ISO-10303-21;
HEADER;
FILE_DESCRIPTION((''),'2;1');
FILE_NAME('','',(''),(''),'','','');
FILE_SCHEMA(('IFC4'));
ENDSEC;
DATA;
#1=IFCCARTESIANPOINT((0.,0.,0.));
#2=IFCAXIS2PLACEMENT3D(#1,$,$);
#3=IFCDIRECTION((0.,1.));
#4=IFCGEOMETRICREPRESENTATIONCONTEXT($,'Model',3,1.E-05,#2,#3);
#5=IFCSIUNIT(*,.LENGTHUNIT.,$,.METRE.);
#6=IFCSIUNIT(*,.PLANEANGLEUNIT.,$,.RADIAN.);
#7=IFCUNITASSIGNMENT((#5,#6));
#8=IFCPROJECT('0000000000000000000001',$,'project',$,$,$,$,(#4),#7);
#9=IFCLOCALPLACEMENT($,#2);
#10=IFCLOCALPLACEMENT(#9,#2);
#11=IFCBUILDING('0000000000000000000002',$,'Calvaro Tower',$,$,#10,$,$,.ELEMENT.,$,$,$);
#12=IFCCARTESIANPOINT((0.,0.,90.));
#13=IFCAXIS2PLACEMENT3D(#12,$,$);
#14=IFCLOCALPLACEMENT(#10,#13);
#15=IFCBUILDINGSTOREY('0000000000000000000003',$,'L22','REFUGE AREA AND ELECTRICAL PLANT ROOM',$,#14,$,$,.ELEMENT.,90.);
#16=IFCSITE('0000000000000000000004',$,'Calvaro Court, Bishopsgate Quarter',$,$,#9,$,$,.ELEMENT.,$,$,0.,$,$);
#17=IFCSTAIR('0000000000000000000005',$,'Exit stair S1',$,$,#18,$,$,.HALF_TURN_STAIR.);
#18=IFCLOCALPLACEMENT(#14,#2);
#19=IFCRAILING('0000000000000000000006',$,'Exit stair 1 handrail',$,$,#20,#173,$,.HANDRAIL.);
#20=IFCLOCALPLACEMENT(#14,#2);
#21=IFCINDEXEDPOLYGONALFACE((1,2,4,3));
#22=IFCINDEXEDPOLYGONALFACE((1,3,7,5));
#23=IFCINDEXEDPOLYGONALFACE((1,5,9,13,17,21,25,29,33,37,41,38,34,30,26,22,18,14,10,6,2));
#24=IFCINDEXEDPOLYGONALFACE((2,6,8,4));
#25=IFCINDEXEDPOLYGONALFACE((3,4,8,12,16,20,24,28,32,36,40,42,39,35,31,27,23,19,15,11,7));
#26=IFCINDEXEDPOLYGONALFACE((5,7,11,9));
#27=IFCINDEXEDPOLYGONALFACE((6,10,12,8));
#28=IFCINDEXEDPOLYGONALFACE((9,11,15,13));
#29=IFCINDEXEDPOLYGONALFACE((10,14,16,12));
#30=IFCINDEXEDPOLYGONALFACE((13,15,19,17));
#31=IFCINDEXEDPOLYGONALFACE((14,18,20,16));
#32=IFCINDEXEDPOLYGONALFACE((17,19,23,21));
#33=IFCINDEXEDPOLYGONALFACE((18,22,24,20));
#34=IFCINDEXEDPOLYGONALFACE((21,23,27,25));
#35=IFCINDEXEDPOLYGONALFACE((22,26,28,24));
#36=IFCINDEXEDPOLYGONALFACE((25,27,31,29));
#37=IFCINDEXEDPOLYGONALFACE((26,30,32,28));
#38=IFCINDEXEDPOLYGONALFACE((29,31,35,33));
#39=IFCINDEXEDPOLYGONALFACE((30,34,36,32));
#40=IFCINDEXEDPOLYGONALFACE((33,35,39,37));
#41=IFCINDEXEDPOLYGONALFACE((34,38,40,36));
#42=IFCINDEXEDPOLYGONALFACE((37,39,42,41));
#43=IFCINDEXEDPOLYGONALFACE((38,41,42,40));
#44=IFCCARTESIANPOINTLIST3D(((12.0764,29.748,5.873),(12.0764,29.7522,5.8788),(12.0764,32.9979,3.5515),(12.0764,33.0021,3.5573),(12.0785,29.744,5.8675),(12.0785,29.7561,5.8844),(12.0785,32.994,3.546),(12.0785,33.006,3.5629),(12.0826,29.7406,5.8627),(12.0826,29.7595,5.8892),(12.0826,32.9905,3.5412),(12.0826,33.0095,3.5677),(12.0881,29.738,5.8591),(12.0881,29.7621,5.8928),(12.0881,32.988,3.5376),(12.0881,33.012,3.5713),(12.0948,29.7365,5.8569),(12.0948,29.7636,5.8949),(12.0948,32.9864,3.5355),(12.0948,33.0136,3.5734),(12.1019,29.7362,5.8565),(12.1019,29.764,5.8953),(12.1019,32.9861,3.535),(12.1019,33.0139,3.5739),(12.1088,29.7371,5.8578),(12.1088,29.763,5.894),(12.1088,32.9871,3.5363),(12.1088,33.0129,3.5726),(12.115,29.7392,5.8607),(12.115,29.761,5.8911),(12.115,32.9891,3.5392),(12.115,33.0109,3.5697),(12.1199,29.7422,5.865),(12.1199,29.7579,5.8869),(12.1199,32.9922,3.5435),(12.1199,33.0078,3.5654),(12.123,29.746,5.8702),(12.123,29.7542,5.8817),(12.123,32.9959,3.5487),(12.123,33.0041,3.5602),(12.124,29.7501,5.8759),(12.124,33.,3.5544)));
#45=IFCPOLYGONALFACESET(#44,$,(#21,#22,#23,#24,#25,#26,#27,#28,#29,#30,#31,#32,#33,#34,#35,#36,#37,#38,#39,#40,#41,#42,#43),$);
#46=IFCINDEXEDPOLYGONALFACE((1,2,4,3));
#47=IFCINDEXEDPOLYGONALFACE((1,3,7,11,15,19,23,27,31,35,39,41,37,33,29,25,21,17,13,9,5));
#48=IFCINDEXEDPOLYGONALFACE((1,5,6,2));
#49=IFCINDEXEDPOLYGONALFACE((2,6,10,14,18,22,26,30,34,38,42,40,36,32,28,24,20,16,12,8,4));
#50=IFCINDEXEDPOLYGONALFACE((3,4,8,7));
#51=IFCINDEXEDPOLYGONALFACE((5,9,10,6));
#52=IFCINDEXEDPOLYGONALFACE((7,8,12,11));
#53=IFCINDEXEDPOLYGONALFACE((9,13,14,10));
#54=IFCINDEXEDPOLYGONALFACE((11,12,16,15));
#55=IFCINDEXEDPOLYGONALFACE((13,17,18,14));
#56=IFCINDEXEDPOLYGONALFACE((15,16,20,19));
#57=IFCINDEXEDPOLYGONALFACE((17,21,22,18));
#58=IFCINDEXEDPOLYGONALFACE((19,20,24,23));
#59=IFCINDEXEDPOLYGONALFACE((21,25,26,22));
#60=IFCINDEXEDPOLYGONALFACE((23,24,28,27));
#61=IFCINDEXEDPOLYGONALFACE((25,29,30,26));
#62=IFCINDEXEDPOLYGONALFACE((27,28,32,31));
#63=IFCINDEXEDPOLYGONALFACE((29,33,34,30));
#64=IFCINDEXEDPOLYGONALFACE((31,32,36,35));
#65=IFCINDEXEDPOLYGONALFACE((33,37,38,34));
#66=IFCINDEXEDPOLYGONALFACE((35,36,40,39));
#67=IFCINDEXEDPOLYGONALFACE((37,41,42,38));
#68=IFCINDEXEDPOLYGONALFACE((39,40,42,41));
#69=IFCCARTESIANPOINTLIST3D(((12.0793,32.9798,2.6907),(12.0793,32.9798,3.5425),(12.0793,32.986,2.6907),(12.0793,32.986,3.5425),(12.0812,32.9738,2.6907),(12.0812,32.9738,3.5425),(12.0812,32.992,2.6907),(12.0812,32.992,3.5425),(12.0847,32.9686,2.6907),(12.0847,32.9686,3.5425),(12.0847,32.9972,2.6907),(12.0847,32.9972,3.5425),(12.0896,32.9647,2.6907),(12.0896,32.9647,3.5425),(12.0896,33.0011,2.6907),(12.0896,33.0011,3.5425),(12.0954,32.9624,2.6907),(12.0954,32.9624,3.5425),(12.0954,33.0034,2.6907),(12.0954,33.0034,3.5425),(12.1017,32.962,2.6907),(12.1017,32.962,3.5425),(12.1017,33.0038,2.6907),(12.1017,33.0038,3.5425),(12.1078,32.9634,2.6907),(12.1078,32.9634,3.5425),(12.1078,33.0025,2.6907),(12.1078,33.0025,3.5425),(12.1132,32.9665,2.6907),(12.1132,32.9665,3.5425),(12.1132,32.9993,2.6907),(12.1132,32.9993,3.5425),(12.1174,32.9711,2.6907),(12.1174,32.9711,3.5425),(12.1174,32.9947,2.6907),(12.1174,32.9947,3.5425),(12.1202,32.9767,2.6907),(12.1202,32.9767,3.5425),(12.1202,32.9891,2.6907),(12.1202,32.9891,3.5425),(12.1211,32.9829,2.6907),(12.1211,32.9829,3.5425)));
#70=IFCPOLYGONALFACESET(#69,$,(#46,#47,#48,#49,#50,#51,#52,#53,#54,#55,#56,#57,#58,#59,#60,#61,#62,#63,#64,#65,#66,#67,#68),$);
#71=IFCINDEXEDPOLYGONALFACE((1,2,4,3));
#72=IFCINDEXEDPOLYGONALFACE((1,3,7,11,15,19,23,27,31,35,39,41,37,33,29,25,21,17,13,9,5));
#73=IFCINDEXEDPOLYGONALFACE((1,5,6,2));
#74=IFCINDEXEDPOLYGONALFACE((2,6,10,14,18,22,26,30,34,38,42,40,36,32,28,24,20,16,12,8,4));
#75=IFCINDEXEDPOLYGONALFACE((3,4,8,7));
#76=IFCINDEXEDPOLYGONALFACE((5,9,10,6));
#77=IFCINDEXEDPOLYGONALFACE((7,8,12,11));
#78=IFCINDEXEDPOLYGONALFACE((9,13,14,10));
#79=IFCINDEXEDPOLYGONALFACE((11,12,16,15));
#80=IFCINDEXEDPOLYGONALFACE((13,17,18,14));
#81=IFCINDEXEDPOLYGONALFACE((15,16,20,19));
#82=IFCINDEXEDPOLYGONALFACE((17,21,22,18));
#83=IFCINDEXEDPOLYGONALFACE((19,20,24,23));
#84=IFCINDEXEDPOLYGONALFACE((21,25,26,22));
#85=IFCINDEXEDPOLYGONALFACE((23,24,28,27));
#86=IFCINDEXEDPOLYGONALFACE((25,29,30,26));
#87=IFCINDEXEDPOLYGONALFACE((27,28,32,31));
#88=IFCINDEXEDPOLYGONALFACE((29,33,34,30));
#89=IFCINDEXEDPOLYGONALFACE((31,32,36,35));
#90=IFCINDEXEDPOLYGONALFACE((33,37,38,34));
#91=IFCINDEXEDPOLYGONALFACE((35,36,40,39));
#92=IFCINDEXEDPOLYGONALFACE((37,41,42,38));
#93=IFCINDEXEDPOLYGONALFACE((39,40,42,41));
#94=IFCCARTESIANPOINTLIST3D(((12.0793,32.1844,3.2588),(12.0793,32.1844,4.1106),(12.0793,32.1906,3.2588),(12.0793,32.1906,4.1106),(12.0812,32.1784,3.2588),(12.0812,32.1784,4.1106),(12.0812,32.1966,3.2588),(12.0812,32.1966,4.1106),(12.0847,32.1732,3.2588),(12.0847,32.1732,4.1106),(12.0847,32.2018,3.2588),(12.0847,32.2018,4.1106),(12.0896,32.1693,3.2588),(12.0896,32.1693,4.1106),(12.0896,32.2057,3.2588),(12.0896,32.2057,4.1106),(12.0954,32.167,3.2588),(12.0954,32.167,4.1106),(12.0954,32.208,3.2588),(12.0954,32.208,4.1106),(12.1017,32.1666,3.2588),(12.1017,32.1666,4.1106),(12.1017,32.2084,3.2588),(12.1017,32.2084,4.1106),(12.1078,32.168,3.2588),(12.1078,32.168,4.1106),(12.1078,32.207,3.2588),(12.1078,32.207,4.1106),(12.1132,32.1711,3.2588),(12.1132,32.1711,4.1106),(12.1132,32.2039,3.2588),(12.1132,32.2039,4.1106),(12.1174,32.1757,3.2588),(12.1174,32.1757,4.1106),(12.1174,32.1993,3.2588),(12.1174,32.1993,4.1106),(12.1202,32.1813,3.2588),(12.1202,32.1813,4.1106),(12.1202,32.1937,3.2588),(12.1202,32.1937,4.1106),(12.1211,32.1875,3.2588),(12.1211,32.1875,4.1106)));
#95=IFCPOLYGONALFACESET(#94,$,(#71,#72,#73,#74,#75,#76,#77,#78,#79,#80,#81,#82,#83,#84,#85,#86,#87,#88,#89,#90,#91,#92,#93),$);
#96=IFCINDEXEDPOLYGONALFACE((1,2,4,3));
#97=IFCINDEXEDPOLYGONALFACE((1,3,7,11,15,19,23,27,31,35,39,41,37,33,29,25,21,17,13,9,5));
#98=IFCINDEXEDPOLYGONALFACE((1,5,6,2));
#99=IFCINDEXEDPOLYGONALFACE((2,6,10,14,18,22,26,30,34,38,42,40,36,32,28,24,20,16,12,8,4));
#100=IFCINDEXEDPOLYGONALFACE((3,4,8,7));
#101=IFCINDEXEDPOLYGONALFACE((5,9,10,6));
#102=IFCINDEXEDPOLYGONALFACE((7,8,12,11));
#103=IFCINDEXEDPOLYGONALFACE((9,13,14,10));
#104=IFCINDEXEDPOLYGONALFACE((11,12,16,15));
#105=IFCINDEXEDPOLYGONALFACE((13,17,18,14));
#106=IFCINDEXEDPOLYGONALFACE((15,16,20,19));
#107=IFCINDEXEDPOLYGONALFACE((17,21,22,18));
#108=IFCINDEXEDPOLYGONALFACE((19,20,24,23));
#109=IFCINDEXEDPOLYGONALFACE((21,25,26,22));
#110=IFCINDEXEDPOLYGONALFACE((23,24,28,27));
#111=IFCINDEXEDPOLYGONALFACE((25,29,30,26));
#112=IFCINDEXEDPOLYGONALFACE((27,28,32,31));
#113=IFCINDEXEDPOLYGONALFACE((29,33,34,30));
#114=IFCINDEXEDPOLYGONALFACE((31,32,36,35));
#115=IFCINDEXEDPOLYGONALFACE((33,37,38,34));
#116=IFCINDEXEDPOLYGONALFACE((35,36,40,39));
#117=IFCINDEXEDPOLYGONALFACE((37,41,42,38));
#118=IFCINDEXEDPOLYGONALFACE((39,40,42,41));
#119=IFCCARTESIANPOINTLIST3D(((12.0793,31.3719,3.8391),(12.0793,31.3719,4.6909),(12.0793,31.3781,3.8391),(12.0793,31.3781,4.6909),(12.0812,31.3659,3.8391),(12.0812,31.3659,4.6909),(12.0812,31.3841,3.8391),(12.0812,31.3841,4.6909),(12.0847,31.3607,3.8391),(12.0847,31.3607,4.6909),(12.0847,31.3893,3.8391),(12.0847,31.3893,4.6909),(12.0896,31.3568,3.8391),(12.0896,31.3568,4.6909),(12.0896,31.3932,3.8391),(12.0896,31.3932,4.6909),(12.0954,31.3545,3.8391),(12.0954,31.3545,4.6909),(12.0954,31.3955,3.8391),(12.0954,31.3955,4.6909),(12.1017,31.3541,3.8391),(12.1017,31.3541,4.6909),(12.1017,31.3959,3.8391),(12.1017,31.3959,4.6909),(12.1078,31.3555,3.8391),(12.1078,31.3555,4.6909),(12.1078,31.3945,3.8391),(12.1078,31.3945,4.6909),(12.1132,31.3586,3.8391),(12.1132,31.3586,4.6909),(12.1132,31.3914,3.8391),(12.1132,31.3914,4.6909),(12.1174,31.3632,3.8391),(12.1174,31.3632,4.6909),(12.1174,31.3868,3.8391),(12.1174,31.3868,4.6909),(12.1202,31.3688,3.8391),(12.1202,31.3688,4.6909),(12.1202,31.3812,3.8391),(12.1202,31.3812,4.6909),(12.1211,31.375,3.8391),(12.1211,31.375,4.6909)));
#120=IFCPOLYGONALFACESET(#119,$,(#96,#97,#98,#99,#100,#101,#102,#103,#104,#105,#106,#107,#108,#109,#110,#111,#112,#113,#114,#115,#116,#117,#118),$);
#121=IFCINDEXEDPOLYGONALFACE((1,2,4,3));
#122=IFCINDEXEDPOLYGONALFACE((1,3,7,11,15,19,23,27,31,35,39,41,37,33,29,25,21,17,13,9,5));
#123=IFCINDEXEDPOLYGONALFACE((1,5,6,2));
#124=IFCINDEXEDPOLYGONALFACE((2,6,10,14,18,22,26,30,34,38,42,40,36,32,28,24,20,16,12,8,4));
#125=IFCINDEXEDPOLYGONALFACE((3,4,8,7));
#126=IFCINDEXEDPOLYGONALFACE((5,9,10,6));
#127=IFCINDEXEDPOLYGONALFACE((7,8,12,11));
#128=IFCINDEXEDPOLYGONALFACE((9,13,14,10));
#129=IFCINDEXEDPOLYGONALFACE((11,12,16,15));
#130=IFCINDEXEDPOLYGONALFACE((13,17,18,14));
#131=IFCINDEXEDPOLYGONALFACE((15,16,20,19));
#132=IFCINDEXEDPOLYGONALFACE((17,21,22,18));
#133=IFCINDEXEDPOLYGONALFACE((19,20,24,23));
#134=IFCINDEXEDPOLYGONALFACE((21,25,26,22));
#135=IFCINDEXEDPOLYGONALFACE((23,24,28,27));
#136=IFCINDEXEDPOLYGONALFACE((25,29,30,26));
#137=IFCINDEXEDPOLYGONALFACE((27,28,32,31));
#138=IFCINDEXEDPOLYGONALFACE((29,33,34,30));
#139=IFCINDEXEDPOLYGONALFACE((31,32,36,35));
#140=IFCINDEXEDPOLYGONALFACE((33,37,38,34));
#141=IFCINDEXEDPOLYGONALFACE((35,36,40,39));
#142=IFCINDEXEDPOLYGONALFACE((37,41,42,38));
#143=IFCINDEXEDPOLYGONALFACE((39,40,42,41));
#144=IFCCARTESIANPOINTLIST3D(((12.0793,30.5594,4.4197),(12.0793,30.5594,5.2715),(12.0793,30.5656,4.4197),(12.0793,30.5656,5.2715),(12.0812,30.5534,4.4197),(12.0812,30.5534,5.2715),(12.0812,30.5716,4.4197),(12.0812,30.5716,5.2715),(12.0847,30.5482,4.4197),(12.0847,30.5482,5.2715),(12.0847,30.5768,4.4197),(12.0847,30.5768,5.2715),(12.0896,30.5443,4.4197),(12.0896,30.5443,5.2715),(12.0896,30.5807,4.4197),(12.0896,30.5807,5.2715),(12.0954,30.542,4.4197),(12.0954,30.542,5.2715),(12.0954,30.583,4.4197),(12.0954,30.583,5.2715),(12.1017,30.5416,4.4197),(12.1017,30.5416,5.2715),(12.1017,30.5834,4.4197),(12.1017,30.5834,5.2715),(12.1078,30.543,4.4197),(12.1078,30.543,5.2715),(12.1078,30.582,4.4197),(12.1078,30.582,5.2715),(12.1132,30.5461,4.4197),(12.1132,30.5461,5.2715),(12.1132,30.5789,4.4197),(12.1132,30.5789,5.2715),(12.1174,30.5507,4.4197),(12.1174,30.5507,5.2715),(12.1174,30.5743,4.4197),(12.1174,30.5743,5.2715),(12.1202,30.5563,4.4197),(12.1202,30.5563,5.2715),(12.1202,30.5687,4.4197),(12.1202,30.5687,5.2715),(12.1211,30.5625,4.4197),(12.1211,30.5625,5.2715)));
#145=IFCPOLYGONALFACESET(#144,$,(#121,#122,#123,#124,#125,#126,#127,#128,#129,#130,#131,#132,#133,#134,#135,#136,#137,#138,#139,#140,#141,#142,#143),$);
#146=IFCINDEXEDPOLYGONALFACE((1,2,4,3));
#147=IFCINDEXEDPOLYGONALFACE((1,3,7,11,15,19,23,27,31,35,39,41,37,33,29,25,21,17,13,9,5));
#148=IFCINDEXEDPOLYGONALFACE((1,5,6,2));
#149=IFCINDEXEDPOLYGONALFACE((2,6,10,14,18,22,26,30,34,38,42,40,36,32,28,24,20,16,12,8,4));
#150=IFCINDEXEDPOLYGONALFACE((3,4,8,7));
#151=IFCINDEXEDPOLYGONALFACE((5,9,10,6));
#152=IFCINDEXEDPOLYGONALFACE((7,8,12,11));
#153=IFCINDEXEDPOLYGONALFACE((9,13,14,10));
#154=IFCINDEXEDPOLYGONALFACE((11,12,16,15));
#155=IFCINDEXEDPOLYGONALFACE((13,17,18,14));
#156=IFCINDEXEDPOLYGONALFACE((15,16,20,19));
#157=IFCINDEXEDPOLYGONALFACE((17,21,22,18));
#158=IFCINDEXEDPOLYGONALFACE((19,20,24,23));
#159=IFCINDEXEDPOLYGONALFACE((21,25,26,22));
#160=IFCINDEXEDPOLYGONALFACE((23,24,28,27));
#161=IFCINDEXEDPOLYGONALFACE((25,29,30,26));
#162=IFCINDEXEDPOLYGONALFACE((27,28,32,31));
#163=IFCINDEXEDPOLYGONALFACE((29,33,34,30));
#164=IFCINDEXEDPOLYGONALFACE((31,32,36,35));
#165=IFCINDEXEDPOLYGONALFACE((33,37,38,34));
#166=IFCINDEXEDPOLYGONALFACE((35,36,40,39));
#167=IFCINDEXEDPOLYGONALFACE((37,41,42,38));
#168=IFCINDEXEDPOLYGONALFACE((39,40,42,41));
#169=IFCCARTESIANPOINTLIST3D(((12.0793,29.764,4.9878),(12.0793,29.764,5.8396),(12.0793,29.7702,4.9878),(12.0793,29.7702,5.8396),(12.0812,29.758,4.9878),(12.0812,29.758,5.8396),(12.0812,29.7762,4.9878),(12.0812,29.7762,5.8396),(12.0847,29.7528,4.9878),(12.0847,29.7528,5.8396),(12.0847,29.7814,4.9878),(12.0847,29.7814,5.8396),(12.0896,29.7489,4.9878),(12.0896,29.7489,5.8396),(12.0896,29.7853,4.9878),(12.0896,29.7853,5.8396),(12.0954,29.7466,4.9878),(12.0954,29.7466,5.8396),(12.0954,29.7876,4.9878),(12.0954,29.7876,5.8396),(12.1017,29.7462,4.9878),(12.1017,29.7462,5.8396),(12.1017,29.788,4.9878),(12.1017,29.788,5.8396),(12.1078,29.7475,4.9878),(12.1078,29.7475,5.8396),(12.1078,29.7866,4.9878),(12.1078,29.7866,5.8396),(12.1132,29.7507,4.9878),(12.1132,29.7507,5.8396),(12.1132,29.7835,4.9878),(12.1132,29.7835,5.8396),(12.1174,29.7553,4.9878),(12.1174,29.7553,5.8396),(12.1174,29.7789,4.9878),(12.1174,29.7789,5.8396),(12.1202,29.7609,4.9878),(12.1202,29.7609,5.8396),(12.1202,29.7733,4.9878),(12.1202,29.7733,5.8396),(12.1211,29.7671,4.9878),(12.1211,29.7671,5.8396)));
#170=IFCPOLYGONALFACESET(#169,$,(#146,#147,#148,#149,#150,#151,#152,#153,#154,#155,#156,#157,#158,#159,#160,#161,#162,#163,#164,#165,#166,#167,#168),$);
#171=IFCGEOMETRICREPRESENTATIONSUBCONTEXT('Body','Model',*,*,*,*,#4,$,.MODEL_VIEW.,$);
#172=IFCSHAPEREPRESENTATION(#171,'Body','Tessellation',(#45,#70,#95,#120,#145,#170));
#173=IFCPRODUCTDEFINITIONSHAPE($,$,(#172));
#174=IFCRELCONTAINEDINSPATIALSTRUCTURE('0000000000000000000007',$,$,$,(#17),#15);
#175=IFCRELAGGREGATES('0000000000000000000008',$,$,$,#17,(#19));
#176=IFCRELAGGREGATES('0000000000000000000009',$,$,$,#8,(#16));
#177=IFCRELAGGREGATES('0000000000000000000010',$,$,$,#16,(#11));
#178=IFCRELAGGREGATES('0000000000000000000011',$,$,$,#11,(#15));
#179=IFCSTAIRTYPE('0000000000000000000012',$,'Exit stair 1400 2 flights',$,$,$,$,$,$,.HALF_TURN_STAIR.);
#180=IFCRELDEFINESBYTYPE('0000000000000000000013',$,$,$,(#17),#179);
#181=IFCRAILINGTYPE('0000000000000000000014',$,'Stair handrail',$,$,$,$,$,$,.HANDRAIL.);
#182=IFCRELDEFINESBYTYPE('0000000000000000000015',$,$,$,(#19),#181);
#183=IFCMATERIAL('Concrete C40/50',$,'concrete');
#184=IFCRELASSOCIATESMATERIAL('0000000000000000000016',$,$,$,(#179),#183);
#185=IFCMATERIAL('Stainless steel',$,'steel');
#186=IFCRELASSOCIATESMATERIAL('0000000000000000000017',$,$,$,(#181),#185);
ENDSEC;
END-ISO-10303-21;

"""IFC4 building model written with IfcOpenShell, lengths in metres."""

from ifc_helpers import new_model, si_unit, direction, frame, origin, origin_2d, place, context, subcontext, project, spatial, circle, extrude, material, type_object, element, aggregate, save


model = new_model("IFC4")

# Units and contexts
model_context = context("Model", 3, precision=1e-05, world=origin(), true_north=direction((0.0, 1.0)))
body_context = subcontext(model_context, "Body", "Model", "MODEL_VIEW")
ifc_project = project(units=[si_unit("LENGTHUNIT", "METRE"), si_unit("PLANEANGLEUNIT", "RADIAN")], contexts=[model_context])

# Site, building, storey
site_placement = place(None, origin())
site = spatial("IfcSite", under=ifc_project, at=site_placement, Name="Calvaro Court, Bishopsgate Quarter", CompositionType="ELEMENT", RefElevation=0.0)
building_placement = place(site_placement, origin())
building = spatial("IfcBuilding", under=site, at=building_placement, Name="Calvaro Tower", CompositionType="ELEMENT")
storey_placement = place(building_placement, frame((0.0, 0.0, 90.0)))
storey = spatial("IfcBuildingStorey", under=building, at=storey_placement, Name="L22", Description="REFUGE AREA AND ELECTRICAL PLANT ROOM", CompositionType="ELEMENT", Elevation=90.0)

# Stair
ifc_material_1 = material(Name="Concrete C40/50", Category="concrete")
stair_type = type_object("IfcStairType", Name="Exit stair 1400 2 flights", PredefinedType="HALF_TURN_STAIR", material=ifc_material_1)
stair_placement = place(storey_placement, origin())
stair = element("IfcStair", 1, at=stair_placement, inside=storey, type_object=stair_type, Name="Exit stair S1", PredefinedType="HALF_TURN_STAIR")

# Railing
ifc_material_2 = material(Name="Stainless steel", Category="steel")
railing_type = type_object("IfcRailingType", Name="Stair handrail", PredefinedType="HANDRAIL", material=ifc_material_2)
railing_1_placement = place(storey_placement, frame((12.1001, 33.0, 2.6785)))
railing_1 = element("IfcRailing", 2, at=railing_1_placement, type_object=railing_type, Name="Exit stair 1 handrail", PredefinedType="HANDRAIL", context=body_context, shape_type="SweptSolid", body=[
    extrude(circle(Radius=0.0239, at=origin_2d()), frame((0.0, 0.0, 0.876), z_axis=(0.0, -0.813721, 0.581256), x_axis=(1.0, 0.0, 0.0)), (0.0, 0.0, 1.0), 3.9939),
    extrude(circle(Radius=0.021, at=origin_2d()), frame((0.0, -0.0171, 0.0122)), (0.0, 0.0, 1.0), 0.8518),
    extrude(circle(Radius=0.021, at=origin_2d()), frame((0.0, -0.8125, 0.5803)), (0.0, 0.0, 1.0), 0.8518),
    extrude(circle(Radius=0.021, at=origin_2d()), frame((0.0, -1.625, 1.1606)), (0.0, 0.0, 1.0), 0.8518),
    extrude(circle(Radius=0.021, at=origin_2d()), frame((0.0, -2.4375, 1.7412)), (0.0, 0.0, 1.0), 0.8518),
    extrude(circle(Radius=0.021, at=origin_2d()), frame((0.0, -3.2329, 2.3093)), (0.0, 0.0, 1.0), 0.8518),
])
aggregate(stair, [railing_1])

save(model, "model.ifc")
